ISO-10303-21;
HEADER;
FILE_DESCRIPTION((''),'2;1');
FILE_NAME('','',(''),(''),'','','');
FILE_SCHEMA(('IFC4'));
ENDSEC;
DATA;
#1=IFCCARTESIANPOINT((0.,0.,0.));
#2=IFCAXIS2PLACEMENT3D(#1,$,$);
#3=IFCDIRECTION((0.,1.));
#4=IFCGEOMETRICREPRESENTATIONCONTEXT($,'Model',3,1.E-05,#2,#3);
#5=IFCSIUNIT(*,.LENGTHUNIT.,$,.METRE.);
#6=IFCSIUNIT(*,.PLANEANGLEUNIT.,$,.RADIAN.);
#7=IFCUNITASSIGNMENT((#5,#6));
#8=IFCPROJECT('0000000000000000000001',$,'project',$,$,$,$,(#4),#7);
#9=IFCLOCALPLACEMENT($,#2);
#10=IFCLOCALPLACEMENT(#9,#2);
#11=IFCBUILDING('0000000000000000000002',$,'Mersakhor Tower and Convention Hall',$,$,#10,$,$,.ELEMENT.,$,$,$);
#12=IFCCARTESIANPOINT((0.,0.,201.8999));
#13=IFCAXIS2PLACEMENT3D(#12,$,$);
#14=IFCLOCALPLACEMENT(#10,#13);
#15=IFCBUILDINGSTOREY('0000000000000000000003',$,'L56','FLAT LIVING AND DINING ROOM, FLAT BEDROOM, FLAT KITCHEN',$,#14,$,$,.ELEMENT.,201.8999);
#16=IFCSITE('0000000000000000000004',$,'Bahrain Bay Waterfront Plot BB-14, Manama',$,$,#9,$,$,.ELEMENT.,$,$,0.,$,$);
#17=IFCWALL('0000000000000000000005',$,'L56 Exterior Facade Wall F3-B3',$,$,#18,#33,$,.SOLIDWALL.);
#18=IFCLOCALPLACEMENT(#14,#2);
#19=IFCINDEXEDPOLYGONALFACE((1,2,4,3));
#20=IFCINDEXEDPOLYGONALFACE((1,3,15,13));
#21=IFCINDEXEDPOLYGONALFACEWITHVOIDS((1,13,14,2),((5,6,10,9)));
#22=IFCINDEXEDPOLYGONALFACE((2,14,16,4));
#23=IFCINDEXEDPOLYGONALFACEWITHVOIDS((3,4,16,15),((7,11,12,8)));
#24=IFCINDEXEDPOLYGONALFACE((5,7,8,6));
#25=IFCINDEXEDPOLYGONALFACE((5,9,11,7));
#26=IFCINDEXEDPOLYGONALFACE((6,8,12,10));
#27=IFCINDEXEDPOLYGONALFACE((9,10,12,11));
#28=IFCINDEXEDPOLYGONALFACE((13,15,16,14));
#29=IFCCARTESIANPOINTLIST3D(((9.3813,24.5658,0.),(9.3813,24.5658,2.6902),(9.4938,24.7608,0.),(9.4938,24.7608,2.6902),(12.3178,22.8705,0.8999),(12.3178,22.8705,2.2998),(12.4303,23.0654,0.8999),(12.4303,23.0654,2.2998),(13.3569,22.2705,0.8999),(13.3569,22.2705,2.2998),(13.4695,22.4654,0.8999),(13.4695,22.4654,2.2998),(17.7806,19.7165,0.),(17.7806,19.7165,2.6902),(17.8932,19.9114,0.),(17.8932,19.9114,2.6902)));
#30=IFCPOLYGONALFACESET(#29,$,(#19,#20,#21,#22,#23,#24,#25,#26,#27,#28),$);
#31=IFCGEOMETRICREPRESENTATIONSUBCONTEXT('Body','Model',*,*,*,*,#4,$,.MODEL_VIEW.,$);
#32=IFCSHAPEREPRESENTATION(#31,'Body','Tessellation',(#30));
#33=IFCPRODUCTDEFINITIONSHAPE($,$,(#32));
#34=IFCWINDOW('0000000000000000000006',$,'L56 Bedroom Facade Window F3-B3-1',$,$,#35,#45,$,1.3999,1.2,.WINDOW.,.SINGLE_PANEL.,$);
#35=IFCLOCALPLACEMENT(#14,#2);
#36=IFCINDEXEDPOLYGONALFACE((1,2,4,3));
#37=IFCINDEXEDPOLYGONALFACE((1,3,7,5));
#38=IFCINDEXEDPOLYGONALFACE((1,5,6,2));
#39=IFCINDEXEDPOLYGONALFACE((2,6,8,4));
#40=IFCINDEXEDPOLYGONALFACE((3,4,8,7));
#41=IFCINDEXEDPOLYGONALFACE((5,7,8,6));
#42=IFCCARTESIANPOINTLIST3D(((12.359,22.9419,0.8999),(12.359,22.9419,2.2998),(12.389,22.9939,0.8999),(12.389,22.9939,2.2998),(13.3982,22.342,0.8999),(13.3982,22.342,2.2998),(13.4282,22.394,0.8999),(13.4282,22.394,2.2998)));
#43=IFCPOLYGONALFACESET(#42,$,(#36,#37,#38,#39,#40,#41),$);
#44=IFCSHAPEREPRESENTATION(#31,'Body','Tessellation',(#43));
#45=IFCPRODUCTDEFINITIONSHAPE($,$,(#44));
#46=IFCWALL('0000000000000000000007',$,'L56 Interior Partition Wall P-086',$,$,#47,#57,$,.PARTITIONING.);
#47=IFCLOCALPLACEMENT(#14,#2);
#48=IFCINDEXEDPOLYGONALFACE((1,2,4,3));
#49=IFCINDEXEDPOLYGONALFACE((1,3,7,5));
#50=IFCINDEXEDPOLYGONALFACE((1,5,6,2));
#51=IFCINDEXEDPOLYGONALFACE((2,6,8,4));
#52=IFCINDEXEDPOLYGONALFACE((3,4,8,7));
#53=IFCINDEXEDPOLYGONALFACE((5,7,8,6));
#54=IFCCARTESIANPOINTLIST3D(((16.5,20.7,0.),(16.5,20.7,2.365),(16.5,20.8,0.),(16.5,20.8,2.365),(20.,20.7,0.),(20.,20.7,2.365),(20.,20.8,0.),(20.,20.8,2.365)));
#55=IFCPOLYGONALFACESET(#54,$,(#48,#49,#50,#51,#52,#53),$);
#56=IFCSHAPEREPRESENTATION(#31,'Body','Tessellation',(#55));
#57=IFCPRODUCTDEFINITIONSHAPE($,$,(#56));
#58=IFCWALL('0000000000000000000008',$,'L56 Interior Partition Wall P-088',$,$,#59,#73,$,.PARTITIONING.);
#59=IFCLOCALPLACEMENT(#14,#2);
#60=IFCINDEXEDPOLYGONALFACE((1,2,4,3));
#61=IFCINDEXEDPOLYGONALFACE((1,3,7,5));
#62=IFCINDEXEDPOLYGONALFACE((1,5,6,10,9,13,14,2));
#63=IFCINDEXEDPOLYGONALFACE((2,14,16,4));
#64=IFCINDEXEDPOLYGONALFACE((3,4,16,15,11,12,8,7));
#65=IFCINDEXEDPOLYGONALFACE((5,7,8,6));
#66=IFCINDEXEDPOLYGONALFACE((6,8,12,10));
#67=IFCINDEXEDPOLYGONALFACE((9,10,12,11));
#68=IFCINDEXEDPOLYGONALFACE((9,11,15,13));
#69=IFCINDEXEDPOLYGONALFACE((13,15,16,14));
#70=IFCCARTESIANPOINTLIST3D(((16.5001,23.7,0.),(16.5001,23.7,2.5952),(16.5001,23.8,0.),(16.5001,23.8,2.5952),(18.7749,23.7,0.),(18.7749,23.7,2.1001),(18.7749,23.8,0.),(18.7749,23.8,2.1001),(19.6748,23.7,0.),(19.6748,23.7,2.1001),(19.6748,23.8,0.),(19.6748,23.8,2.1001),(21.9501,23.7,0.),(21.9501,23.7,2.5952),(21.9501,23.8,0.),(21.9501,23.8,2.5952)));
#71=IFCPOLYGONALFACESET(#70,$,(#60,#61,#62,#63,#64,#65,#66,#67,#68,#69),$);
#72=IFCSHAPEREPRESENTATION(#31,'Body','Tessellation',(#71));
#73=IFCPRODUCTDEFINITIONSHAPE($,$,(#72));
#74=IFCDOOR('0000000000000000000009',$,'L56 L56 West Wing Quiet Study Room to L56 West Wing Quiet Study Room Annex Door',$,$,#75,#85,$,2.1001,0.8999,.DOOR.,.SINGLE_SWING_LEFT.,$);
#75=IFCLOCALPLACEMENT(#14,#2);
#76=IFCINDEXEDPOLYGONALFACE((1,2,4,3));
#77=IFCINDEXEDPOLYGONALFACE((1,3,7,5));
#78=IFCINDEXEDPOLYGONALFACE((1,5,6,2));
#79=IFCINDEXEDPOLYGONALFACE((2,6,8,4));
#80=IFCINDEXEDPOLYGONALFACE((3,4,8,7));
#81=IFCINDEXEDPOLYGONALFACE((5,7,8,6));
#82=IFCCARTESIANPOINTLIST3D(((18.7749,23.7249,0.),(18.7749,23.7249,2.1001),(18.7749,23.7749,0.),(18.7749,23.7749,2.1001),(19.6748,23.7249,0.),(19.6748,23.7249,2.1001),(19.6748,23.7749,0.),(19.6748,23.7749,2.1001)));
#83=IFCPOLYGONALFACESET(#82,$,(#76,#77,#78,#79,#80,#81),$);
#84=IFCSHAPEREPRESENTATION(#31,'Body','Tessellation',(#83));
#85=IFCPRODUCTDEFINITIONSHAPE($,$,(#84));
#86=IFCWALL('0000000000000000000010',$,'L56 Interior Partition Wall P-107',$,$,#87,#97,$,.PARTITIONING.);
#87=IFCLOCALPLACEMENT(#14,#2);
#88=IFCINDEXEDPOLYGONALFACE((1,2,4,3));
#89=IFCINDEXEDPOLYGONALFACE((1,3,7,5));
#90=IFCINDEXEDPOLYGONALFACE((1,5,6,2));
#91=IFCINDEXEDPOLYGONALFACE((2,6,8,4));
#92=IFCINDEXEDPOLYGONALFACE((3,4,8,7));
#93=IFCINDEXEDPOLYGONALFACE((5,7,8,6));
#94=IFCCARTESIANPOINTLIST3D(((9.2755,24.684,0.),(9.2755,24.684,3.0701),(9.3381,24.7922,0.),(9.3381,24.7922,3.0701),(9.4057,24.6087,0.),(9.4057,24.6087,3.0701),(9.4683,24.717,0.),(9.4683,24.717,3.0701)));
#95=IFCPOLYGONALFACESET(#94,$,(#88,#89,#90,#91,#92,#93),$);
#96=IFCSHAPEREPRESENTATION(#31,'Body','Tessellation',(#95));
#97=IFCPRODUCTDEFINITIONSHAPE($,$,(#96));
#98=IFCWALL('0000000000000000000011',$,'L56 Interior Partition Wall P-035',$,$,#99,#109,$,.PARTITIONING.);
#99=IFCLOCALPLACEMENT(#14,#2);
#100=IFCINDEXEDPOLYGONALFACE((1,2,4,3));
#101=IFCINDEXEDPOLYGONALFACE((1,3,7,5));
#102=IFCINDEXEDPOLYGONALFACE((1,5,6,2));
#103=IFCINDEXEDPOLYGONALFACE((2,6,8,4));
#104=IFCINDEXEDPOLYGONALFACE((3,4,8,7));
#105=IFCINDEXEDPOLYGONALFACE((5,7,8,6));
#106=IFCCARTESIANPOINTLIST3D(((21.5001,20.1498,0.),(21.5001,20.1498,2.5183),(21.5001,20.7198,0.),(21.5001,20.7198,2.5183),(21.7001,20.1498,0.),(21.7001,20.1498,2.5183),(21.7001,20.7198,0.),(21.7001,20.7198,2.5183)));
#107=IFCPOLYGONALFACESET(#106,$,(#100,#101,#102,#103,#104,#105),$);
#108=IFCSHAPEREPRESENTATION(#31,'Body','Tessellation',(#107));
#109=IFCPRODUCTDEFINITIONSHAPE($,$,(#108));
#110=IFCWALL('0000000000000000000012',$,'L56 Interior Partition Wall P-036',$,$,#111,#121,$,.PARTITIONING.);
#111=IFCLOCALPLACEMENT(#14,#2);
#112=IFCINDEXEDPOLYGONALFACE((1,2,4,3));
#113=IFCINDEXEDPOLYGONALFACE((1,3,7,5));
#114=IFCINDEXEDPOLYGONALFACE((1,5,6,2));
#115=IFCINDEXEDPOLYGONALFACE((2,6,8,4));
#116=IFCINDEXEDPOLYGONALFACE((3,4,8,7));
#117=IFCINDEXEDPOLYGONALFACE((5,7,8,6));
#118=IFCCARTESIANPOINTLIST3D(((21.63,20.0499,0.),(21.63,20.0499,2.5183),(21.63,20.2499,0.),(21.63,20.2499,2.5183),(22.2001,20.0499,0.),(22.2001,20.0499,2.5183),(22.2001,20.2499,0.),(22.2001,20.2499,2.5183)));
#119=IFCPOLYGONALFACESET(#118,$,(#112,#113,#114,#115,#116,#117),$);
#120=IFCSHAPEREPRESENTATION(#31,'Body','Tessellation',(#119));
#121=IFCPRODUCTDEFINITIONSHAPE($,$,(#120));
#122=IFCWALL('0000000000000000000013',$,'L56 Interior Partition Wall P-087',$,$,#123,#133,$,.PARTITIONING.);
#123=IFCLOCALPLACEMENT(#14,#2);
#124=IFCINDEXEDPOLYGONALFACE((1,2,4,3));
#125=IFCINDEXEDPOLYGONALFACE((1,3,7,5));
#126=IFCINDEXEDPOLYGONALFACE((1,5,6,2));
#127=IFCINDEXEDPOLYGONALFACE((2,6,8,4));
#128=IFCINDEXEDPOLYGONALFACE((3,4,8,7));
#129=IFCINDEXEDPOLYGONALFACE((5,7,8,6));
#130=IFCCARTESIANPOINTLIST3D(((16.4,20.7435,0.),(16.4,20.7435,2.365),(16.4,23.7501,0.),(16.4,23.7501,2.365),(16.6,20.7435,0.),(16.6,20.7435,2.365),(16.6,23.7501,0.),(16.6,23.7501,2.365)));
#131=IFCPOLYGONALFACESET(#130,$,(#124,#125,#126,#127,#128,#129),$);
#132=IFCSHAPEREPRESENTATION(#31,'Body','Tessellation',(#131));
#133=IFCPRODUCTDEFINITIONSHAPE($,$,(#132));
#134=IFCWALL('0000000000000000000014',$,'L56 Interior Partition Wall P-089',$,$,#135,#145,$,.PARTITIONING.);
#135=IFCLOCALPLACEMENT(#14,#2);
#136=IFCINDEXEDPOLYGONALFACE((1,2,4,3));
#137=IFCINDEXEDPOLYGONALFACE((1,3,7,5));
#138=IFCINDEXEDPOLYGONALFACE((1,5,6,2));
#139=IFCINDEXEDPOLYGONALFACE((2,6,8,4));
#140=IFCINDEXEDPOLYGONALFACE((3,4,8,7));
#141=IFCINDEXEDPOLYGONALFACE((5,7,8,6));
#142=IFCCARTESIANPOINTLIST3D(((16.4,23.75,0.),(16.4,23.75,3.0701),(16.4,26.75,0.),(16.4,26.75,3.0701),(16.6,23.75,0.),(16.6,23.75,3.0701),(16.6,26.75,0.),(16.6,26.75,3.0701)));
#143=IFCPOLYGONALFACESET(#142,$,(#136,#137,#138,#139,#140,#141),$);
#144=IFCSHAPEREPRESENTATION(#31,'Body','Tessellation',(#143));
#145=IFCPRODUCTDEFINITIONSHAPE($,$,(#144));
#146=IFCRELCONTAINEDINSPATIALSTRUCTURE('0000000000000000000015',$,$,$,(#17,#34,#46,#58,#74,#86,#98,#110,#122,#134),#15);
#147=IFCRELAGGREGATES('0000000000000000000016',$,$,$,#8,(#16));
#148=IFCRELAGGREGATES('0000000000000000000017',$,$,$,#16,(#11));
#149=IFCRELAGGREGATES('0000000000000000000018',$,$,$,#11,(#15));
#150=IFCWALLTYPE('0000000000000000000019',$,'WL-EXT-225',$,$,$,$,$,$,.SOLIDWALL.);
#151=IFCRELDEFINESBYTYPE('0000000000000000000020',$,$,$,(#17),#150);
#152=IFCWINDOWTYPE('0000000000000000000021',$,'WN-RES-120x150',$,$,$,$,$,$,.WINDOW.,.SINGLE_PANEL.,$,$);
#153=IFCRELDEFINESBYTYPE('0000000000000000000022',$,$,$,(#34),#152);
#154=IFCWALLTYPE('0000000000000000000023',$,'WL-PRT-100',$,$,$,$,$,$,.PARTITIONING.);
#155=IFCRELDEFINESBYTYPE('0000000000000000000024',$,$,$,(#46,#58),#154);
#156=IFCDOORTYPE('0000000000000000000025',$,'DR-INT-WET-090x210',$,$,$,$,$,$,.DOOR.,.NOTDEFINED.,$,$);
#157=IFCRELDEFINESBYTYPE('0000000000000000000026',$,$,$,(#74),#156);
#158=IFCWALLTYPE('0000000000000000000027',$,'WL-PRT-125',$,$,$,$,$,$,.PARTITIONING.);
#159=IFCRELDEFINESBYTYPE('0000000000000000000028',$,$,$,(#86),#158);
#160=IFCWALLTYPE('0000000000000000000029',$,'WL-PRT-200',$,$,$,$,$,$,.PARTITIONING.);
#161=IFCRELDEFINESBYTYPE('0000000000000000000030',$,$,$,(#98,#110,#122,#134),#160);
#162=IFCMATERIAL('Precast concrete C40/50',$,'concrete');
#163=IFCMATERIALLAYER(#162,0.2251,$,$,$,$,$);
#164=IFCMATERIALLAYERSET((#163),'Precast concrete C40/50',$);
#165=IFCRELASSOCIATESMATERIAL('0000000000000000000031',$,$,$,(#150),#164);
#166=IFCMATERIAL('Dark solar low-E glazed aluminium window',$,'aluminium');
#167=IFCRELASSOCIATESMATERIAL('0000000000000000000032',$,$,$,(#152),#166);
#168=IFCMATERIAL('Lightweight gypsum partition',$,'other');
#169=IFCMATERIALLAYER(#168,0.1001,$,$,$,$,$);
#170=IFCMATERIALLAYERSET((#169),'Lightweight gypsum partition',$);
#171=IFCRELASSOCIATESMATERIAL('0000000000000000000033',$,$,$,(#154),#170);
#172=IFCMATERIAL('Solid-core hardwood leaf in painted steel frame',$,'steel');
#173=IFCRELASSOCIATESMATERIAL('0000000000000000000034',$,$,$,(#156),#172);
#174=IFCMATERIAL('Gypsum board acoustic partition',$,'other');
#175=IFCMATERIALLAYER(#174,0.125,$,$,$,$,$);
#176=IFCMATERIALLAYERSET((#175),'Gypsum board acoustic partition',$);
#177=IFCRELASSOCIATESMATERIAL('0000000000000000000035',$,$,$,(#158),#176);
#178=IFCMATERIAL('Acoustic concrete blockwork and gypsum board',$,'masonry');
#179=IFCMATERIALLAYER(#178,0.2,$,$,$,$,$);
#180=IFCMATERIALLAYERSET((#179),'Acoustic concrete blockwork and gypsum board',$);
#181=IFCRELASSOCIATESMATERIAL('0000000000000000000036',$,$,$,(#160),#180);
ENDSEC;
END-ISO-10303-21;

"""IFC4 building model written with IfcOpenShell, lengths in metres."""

from ifc_helpers import new_model, si_unit, direction, frame, frame_2d, origin, place, context, subcontext, project, spatial, rectangle, extrude, material, layer, layer_set, type_object, element, fill, save


model = new_model("IFC4")

# Units and contexts
model_context = context("Model", 3, precision=1e-05, world=origin(), true_north=direction((0.0, 1.0)))
body_context = subcontext(model_context, "Body", "Model", "MODEL_VIEW")
ifc_project = project(units=[si_unit("LENGTHUNIT", "METRE"), si_unit("PLANEANGLEUNIT", "RADIAN")], contexts=[model_context])

# Site, building, storey
site_placement = place(None, origin())
site = spatial("IfcSite", under=ifc_project, at=site_placement, Name="Bahrain Bay Waterfront Plot BB-14, Manama", CompositionType="ELEMENT", RefElevation=0.0)
building_placement = place(site_placement, origin())
building = spatial("IfcBuilding", under=site, at=building_placement, Name="Mersakhor Tower and Convention Hall", CompositionType="ELEMENT")
storey_placement = place(building_placement, frame((0.0, 0.0, 201.8999)))
storey = spatial("IfcBuildingStorey", under=building, at=storey_placement, Name="L56", Description="FLAT LIVING AND DINING ROOM, FLAT BEDROOM, FLAT KITCHEN", CompositionType="ELEMENT", Elevation=201.8999)

# Shared definitions
ifc_material_1 = material(Name="Precast concrete C40/50", Category="concrete")
ifc_layer_1 = layer(ifc_material_1, 0.2251)
ifc_layer_set_1 = layer_set([ifc_layer_1], Name="Precast concrete C40/50")
wall_type_1 = type_object("IfcWallType", Name="WL-EXT-225", PredefinedType="SOLIDWALL", material=ifc_layer_set_1)

# Wall, opening, window
wall_1_placement = place(storey_placement, frame((17.8369, 19.814, 0.0), z_axis=(0.0, 0.0, 1.0), x_axis=(-0.866027, 0.499997, 0.0)))
wall_1 = element("IfcWall", 1, at=wall_1_placement, inside=storey, type_object=wall_type_1, Name="L56 Exterior Facade Wall F3-B3", PredefinedType="SOLIDWALL", context=body_context, shape_type="SweptSolid", body=[
    extrude(rectangle(XDim=9.6987, YDim=0.2251, at=frame_2d((4.8494, 0.0))), origin(), (0.0, 0.0, 1.0), 2.6902),
])
opening_1_placement = place(wall_1_placement, frame((5.1079, 0.0, 0.8999)))
opening_1 = element("IfcOpeningElement", 2, at=opening_1_placement, cuts=wall_1, PredefinedType="OPENING", context=body_context, shape_type="SweptSolid", body=[
    extrude(rectangle(XDim=1.2, YDim=1.3999, at=frame_2d((0.6001, 0.7))), frame((0.0, 0.1226, 0.0), z_axis=(0.0, -1.0, 0.0), x_axis=(1.0, 0.0, 0.0)), (0.0, 0.0, 1.0), 0.2451),
])
ifc_material_2 = material(Name="Dark solar low-E glazed aluminium window", Category="aluminium")
window_type = type_object("IfcWindowType", Name="WN-RES-120x150", PartitioningType="SINGLE_PANEL", PredefinedType="WINDOW", material=ifc_material_2)
window_placement = place(opening_1_placement, origin())
window = element("IfcWindow", 3, at=window_placement, inside=storey, type_object=window_type, Name="L56 Bedroom Facade Window F3-B3-1", OverallHeight=1.3999, OverallWidth=1.2, PartitioningType="SINGLE_PANEL", PredefinedType="WINDOW", context=body_context, shape_type="SweptSolid", body=[
    extrude(rectangle(XDim=1.2, YDim=1.3999, at=frame_2d((0.6001, 0.7))), frame((0.0, 0.03, 0.0), z_axis=(0.0, -1.0, 0.0), x_axis=(1.0, 0.0, 0.0)), (0.0, 0.0, 1.0), 0.0601),
])
fill(opening_1, window)

# Wall
ifc_material_3 = material(Name="Lightweight gypsum partition", Category="other")
ifc_layer_2 = layer(ifc_material_3, 0.1001)
ifc_layer_set_2 = layer_set([ifc_layer_2], Name="Lightweight gypsum partition")
wall_type_2 = type_object("IfcWallType", Name="WL-PRT-100", PredefinedType="PARTITIONING", material=ifc_layer_set_2)
wall_2_placement = place(storey_placement, frame((20.0, 20.75, 0.0), z_axis=(0.0, 0.0, 1.0), x_axis=(-1.0, 0.0, 0.0)))
element("IfcWall", 4, at=wall_2_placement, inside=storey, type_object=wall_type_2, Name="L56 Interior Partition Wall P-086", PredefinedType="PARTITIONING", context=body_context, shape_type="SweptSolid", body=[
    extrude(rectangle(XDim=3.5, YDim=0.1001, at=frame_2d((1.75, 0.0))), origin(), (0.0, 0.0, 1.0), 2.365),
])

# Wall, opening, door
wall_3_placement = place(storey_placement, frame((16.5, 23.75, 0.0), z_axis=(0.0, 0.0, 1.0), x_axis=(1.0, 0.0, 0.0)))
wall_3 = element("IfcWall", 5, at=wall_3_placement, inside=storey, type_object=wall_type_2, Name="L56 Interior Partition Wall P-088", PredefinedType="PARTITIONING", context=body_context, shape_type="SweptSolid", body=[
    extrude(rectangle(XDim=5.45, YDim=0.1001, at=frame_2d((2.7251, 0.0))), origin(), (0.0, 0.0, 1.0), 2.5952),
])
opening_2_placement = place(wall_3_placement, frame((2.2749, 0.0, 0.0)))
opening_2 = element("IfcOpeningElement", 6, at=opening_2_placement, cuts=wall_3, PredefinedType="OPENING", context=body_context, shape_type="SweptSolid", body=[
    extrude(rectangle(XDim=0.8999, YDim=2.1001, at=frame_2d((0.45, 1.05))), frame((0.0, 0.0601, 0.0), z_axis=(0.0, -1.0, 0.0), x_axis=(1.0, 0.0, 0.0)), (0.0, 0.0, 1.0), 0.1201),
])
ifc_material_4 = material(Name="Solid-core hardwood leaf in painted steel frame", Category="steel")
door_type_1 = type_object("IfcDoorType", Name="DR-INT-WET-090x210", OperationType="NOTDEFINED", PredefinedType="DOOR", material=ifc_material_4)
door_1_placement = place(opening_2_placement, origin())
door_1 = element("IfcDoor", 7, at=door_1_placement, inside=storey, type_object=door_type_1, Name="L56 L56 West Wing Quiet Study Room to L56 West Wing Quiet Study Room Annex Door", OperationType="SINGLE_SWING_LEFT", OverallHeight=2.1001, OverallWidth=0.8999, PredefinedType="DOOR", context=body_context, shape_type="SweptSolid", body=[
    extrude(rectangle(XDim=0.8999, YDim=2.1001, at=frame_2d((0.45, 1.05))), frame((0.0, 0.0249, 0.0), z_axis=(0.0, -1.0, 0.0), x_axis=(1.0, 0.0, 0.0)), (0.0, 0.0, 1.0), 0.05),
])
fill(opening_2, door_1)

# Wall
ifc_material_5 = material(Name="Gypsum board acoustic partition", Category="other")
ifc_layer_3 = layer(ifc_material_5, 0.125)
ifc_layer_set_3 = layer_set([ifc_layer_3], Name="Gypsum board acoustic partition")
wall_type_3 = type_object("IfcWallType", Name="WL-PRT-125", PredefinedType="PARTITIONING", material=ifc_layer_set_3)
wall_4_placement = place(storey_placement, frame((9.437, 24.6628, 0.0), z_axis=(0.0, 0.0, 1.0), x_axis=(-0.865834, 0.500332, 0.0)))
element("IfcWall", 8, at=wall_4_placement, inside=storey, type_object=wall_type_3, Name="L56 Interior Partition Wall P-107", PredefinedType="PARTITIONING", context=body_context, shape_type="SweptSolid", body=[
    extrude(rectangle(XDim=0.1504, YDim=0.125, at=frame_2d((0.0752, 0.0))), origin(), (0.0, 0.0, 1.0), 3.0701),
])

# Shared definitions
ifc_material_6 = material(Name="Acoustic concrete blockwork and gypsum board", Category="masonry")
ifc_layer_4 = layer(ifc_material_6, 0.2)
ifc_layer_set_4 = layer_set([ifc_layer_4], Name="Acoustic concrete blockwork and gypsum board")
wall_type_4 = type_object("IfcWallType", Name="WL-PRT-200", PredefinedType="PARTITIONING", material=ifc_layer_set_4)

# Walls
for number, where, z_axis, x_axis, name in (
    (9, (21.6001, 20.72, 0.0), (0.0, 0.0, 1.0), (0.0, -1.0, 0.0), "L56 Interior Partition Wall P-035"),
    (10, (21.6299, 20.1499, 0.0), (0.0, 0.0, 1.0), (1.0, 0.0, 0.0), "L56 Interior Partition Wall P-036"),
):
    element("IfcWall", number, at=place(storey_placement, frame(where, z_axis=z_axis, x_axis=x_axis)), inside=storey, type_object=wall_type_4, Name=name, PredefinedType="PARTITIONING", context=body_context, shape_type="SweptSolid", body=[
        extrude(rectangle(XDim=0.5701, YDim=0.2, at=frame_2d((0.2852, 0.0))), origin(), (0.0, 0.0, 1.0), 2.5183),
    ])
wall_5_placement = place(storey_placement, frame((16.5, 20.7434, 0.0), z_axis=(0.0, 0.0, 1.0), x_axis=(0.0, 1.0, 0.0)))
element("IfcWall", 11, at=wall_5_placement, inside=storey, type_object=wall_type_4, Name="L56 Interior Partition Wall P-087", PredefinedType="PARTITIONING", context=body_context, shape_type="SweptSolid", body=[
    extrude(rectangle(XDim=3.0066, YDim=0.2, at=frame_2d((1.5034, 0.0))), origin(), (0.0, 0.0, 1.0), 2.365),
])
wall_6_placement = place(storey_placement, frame((16.5, 23.75, 0.0), z_axis=(0.0, 0.0, 1.0), x_axis=(0.0, 1.0, 0.0)))
element("IfcWall", 12, at=wall_6_placement, inside=storey, type_object=wall_type_4, Name="L56 Interior Partition Wall P-089", PredefinedType="PARTITIONING", context=body_context, shape_type="SweptSolid", body=[
    extrude(rectangle(XDim=3.0, YDim=0.2, at=frame_2d((1.5, 0.0))), origin(), (0.0, 0.0, 1.0), 3.0701),
])

save(model, "model.ifc")
